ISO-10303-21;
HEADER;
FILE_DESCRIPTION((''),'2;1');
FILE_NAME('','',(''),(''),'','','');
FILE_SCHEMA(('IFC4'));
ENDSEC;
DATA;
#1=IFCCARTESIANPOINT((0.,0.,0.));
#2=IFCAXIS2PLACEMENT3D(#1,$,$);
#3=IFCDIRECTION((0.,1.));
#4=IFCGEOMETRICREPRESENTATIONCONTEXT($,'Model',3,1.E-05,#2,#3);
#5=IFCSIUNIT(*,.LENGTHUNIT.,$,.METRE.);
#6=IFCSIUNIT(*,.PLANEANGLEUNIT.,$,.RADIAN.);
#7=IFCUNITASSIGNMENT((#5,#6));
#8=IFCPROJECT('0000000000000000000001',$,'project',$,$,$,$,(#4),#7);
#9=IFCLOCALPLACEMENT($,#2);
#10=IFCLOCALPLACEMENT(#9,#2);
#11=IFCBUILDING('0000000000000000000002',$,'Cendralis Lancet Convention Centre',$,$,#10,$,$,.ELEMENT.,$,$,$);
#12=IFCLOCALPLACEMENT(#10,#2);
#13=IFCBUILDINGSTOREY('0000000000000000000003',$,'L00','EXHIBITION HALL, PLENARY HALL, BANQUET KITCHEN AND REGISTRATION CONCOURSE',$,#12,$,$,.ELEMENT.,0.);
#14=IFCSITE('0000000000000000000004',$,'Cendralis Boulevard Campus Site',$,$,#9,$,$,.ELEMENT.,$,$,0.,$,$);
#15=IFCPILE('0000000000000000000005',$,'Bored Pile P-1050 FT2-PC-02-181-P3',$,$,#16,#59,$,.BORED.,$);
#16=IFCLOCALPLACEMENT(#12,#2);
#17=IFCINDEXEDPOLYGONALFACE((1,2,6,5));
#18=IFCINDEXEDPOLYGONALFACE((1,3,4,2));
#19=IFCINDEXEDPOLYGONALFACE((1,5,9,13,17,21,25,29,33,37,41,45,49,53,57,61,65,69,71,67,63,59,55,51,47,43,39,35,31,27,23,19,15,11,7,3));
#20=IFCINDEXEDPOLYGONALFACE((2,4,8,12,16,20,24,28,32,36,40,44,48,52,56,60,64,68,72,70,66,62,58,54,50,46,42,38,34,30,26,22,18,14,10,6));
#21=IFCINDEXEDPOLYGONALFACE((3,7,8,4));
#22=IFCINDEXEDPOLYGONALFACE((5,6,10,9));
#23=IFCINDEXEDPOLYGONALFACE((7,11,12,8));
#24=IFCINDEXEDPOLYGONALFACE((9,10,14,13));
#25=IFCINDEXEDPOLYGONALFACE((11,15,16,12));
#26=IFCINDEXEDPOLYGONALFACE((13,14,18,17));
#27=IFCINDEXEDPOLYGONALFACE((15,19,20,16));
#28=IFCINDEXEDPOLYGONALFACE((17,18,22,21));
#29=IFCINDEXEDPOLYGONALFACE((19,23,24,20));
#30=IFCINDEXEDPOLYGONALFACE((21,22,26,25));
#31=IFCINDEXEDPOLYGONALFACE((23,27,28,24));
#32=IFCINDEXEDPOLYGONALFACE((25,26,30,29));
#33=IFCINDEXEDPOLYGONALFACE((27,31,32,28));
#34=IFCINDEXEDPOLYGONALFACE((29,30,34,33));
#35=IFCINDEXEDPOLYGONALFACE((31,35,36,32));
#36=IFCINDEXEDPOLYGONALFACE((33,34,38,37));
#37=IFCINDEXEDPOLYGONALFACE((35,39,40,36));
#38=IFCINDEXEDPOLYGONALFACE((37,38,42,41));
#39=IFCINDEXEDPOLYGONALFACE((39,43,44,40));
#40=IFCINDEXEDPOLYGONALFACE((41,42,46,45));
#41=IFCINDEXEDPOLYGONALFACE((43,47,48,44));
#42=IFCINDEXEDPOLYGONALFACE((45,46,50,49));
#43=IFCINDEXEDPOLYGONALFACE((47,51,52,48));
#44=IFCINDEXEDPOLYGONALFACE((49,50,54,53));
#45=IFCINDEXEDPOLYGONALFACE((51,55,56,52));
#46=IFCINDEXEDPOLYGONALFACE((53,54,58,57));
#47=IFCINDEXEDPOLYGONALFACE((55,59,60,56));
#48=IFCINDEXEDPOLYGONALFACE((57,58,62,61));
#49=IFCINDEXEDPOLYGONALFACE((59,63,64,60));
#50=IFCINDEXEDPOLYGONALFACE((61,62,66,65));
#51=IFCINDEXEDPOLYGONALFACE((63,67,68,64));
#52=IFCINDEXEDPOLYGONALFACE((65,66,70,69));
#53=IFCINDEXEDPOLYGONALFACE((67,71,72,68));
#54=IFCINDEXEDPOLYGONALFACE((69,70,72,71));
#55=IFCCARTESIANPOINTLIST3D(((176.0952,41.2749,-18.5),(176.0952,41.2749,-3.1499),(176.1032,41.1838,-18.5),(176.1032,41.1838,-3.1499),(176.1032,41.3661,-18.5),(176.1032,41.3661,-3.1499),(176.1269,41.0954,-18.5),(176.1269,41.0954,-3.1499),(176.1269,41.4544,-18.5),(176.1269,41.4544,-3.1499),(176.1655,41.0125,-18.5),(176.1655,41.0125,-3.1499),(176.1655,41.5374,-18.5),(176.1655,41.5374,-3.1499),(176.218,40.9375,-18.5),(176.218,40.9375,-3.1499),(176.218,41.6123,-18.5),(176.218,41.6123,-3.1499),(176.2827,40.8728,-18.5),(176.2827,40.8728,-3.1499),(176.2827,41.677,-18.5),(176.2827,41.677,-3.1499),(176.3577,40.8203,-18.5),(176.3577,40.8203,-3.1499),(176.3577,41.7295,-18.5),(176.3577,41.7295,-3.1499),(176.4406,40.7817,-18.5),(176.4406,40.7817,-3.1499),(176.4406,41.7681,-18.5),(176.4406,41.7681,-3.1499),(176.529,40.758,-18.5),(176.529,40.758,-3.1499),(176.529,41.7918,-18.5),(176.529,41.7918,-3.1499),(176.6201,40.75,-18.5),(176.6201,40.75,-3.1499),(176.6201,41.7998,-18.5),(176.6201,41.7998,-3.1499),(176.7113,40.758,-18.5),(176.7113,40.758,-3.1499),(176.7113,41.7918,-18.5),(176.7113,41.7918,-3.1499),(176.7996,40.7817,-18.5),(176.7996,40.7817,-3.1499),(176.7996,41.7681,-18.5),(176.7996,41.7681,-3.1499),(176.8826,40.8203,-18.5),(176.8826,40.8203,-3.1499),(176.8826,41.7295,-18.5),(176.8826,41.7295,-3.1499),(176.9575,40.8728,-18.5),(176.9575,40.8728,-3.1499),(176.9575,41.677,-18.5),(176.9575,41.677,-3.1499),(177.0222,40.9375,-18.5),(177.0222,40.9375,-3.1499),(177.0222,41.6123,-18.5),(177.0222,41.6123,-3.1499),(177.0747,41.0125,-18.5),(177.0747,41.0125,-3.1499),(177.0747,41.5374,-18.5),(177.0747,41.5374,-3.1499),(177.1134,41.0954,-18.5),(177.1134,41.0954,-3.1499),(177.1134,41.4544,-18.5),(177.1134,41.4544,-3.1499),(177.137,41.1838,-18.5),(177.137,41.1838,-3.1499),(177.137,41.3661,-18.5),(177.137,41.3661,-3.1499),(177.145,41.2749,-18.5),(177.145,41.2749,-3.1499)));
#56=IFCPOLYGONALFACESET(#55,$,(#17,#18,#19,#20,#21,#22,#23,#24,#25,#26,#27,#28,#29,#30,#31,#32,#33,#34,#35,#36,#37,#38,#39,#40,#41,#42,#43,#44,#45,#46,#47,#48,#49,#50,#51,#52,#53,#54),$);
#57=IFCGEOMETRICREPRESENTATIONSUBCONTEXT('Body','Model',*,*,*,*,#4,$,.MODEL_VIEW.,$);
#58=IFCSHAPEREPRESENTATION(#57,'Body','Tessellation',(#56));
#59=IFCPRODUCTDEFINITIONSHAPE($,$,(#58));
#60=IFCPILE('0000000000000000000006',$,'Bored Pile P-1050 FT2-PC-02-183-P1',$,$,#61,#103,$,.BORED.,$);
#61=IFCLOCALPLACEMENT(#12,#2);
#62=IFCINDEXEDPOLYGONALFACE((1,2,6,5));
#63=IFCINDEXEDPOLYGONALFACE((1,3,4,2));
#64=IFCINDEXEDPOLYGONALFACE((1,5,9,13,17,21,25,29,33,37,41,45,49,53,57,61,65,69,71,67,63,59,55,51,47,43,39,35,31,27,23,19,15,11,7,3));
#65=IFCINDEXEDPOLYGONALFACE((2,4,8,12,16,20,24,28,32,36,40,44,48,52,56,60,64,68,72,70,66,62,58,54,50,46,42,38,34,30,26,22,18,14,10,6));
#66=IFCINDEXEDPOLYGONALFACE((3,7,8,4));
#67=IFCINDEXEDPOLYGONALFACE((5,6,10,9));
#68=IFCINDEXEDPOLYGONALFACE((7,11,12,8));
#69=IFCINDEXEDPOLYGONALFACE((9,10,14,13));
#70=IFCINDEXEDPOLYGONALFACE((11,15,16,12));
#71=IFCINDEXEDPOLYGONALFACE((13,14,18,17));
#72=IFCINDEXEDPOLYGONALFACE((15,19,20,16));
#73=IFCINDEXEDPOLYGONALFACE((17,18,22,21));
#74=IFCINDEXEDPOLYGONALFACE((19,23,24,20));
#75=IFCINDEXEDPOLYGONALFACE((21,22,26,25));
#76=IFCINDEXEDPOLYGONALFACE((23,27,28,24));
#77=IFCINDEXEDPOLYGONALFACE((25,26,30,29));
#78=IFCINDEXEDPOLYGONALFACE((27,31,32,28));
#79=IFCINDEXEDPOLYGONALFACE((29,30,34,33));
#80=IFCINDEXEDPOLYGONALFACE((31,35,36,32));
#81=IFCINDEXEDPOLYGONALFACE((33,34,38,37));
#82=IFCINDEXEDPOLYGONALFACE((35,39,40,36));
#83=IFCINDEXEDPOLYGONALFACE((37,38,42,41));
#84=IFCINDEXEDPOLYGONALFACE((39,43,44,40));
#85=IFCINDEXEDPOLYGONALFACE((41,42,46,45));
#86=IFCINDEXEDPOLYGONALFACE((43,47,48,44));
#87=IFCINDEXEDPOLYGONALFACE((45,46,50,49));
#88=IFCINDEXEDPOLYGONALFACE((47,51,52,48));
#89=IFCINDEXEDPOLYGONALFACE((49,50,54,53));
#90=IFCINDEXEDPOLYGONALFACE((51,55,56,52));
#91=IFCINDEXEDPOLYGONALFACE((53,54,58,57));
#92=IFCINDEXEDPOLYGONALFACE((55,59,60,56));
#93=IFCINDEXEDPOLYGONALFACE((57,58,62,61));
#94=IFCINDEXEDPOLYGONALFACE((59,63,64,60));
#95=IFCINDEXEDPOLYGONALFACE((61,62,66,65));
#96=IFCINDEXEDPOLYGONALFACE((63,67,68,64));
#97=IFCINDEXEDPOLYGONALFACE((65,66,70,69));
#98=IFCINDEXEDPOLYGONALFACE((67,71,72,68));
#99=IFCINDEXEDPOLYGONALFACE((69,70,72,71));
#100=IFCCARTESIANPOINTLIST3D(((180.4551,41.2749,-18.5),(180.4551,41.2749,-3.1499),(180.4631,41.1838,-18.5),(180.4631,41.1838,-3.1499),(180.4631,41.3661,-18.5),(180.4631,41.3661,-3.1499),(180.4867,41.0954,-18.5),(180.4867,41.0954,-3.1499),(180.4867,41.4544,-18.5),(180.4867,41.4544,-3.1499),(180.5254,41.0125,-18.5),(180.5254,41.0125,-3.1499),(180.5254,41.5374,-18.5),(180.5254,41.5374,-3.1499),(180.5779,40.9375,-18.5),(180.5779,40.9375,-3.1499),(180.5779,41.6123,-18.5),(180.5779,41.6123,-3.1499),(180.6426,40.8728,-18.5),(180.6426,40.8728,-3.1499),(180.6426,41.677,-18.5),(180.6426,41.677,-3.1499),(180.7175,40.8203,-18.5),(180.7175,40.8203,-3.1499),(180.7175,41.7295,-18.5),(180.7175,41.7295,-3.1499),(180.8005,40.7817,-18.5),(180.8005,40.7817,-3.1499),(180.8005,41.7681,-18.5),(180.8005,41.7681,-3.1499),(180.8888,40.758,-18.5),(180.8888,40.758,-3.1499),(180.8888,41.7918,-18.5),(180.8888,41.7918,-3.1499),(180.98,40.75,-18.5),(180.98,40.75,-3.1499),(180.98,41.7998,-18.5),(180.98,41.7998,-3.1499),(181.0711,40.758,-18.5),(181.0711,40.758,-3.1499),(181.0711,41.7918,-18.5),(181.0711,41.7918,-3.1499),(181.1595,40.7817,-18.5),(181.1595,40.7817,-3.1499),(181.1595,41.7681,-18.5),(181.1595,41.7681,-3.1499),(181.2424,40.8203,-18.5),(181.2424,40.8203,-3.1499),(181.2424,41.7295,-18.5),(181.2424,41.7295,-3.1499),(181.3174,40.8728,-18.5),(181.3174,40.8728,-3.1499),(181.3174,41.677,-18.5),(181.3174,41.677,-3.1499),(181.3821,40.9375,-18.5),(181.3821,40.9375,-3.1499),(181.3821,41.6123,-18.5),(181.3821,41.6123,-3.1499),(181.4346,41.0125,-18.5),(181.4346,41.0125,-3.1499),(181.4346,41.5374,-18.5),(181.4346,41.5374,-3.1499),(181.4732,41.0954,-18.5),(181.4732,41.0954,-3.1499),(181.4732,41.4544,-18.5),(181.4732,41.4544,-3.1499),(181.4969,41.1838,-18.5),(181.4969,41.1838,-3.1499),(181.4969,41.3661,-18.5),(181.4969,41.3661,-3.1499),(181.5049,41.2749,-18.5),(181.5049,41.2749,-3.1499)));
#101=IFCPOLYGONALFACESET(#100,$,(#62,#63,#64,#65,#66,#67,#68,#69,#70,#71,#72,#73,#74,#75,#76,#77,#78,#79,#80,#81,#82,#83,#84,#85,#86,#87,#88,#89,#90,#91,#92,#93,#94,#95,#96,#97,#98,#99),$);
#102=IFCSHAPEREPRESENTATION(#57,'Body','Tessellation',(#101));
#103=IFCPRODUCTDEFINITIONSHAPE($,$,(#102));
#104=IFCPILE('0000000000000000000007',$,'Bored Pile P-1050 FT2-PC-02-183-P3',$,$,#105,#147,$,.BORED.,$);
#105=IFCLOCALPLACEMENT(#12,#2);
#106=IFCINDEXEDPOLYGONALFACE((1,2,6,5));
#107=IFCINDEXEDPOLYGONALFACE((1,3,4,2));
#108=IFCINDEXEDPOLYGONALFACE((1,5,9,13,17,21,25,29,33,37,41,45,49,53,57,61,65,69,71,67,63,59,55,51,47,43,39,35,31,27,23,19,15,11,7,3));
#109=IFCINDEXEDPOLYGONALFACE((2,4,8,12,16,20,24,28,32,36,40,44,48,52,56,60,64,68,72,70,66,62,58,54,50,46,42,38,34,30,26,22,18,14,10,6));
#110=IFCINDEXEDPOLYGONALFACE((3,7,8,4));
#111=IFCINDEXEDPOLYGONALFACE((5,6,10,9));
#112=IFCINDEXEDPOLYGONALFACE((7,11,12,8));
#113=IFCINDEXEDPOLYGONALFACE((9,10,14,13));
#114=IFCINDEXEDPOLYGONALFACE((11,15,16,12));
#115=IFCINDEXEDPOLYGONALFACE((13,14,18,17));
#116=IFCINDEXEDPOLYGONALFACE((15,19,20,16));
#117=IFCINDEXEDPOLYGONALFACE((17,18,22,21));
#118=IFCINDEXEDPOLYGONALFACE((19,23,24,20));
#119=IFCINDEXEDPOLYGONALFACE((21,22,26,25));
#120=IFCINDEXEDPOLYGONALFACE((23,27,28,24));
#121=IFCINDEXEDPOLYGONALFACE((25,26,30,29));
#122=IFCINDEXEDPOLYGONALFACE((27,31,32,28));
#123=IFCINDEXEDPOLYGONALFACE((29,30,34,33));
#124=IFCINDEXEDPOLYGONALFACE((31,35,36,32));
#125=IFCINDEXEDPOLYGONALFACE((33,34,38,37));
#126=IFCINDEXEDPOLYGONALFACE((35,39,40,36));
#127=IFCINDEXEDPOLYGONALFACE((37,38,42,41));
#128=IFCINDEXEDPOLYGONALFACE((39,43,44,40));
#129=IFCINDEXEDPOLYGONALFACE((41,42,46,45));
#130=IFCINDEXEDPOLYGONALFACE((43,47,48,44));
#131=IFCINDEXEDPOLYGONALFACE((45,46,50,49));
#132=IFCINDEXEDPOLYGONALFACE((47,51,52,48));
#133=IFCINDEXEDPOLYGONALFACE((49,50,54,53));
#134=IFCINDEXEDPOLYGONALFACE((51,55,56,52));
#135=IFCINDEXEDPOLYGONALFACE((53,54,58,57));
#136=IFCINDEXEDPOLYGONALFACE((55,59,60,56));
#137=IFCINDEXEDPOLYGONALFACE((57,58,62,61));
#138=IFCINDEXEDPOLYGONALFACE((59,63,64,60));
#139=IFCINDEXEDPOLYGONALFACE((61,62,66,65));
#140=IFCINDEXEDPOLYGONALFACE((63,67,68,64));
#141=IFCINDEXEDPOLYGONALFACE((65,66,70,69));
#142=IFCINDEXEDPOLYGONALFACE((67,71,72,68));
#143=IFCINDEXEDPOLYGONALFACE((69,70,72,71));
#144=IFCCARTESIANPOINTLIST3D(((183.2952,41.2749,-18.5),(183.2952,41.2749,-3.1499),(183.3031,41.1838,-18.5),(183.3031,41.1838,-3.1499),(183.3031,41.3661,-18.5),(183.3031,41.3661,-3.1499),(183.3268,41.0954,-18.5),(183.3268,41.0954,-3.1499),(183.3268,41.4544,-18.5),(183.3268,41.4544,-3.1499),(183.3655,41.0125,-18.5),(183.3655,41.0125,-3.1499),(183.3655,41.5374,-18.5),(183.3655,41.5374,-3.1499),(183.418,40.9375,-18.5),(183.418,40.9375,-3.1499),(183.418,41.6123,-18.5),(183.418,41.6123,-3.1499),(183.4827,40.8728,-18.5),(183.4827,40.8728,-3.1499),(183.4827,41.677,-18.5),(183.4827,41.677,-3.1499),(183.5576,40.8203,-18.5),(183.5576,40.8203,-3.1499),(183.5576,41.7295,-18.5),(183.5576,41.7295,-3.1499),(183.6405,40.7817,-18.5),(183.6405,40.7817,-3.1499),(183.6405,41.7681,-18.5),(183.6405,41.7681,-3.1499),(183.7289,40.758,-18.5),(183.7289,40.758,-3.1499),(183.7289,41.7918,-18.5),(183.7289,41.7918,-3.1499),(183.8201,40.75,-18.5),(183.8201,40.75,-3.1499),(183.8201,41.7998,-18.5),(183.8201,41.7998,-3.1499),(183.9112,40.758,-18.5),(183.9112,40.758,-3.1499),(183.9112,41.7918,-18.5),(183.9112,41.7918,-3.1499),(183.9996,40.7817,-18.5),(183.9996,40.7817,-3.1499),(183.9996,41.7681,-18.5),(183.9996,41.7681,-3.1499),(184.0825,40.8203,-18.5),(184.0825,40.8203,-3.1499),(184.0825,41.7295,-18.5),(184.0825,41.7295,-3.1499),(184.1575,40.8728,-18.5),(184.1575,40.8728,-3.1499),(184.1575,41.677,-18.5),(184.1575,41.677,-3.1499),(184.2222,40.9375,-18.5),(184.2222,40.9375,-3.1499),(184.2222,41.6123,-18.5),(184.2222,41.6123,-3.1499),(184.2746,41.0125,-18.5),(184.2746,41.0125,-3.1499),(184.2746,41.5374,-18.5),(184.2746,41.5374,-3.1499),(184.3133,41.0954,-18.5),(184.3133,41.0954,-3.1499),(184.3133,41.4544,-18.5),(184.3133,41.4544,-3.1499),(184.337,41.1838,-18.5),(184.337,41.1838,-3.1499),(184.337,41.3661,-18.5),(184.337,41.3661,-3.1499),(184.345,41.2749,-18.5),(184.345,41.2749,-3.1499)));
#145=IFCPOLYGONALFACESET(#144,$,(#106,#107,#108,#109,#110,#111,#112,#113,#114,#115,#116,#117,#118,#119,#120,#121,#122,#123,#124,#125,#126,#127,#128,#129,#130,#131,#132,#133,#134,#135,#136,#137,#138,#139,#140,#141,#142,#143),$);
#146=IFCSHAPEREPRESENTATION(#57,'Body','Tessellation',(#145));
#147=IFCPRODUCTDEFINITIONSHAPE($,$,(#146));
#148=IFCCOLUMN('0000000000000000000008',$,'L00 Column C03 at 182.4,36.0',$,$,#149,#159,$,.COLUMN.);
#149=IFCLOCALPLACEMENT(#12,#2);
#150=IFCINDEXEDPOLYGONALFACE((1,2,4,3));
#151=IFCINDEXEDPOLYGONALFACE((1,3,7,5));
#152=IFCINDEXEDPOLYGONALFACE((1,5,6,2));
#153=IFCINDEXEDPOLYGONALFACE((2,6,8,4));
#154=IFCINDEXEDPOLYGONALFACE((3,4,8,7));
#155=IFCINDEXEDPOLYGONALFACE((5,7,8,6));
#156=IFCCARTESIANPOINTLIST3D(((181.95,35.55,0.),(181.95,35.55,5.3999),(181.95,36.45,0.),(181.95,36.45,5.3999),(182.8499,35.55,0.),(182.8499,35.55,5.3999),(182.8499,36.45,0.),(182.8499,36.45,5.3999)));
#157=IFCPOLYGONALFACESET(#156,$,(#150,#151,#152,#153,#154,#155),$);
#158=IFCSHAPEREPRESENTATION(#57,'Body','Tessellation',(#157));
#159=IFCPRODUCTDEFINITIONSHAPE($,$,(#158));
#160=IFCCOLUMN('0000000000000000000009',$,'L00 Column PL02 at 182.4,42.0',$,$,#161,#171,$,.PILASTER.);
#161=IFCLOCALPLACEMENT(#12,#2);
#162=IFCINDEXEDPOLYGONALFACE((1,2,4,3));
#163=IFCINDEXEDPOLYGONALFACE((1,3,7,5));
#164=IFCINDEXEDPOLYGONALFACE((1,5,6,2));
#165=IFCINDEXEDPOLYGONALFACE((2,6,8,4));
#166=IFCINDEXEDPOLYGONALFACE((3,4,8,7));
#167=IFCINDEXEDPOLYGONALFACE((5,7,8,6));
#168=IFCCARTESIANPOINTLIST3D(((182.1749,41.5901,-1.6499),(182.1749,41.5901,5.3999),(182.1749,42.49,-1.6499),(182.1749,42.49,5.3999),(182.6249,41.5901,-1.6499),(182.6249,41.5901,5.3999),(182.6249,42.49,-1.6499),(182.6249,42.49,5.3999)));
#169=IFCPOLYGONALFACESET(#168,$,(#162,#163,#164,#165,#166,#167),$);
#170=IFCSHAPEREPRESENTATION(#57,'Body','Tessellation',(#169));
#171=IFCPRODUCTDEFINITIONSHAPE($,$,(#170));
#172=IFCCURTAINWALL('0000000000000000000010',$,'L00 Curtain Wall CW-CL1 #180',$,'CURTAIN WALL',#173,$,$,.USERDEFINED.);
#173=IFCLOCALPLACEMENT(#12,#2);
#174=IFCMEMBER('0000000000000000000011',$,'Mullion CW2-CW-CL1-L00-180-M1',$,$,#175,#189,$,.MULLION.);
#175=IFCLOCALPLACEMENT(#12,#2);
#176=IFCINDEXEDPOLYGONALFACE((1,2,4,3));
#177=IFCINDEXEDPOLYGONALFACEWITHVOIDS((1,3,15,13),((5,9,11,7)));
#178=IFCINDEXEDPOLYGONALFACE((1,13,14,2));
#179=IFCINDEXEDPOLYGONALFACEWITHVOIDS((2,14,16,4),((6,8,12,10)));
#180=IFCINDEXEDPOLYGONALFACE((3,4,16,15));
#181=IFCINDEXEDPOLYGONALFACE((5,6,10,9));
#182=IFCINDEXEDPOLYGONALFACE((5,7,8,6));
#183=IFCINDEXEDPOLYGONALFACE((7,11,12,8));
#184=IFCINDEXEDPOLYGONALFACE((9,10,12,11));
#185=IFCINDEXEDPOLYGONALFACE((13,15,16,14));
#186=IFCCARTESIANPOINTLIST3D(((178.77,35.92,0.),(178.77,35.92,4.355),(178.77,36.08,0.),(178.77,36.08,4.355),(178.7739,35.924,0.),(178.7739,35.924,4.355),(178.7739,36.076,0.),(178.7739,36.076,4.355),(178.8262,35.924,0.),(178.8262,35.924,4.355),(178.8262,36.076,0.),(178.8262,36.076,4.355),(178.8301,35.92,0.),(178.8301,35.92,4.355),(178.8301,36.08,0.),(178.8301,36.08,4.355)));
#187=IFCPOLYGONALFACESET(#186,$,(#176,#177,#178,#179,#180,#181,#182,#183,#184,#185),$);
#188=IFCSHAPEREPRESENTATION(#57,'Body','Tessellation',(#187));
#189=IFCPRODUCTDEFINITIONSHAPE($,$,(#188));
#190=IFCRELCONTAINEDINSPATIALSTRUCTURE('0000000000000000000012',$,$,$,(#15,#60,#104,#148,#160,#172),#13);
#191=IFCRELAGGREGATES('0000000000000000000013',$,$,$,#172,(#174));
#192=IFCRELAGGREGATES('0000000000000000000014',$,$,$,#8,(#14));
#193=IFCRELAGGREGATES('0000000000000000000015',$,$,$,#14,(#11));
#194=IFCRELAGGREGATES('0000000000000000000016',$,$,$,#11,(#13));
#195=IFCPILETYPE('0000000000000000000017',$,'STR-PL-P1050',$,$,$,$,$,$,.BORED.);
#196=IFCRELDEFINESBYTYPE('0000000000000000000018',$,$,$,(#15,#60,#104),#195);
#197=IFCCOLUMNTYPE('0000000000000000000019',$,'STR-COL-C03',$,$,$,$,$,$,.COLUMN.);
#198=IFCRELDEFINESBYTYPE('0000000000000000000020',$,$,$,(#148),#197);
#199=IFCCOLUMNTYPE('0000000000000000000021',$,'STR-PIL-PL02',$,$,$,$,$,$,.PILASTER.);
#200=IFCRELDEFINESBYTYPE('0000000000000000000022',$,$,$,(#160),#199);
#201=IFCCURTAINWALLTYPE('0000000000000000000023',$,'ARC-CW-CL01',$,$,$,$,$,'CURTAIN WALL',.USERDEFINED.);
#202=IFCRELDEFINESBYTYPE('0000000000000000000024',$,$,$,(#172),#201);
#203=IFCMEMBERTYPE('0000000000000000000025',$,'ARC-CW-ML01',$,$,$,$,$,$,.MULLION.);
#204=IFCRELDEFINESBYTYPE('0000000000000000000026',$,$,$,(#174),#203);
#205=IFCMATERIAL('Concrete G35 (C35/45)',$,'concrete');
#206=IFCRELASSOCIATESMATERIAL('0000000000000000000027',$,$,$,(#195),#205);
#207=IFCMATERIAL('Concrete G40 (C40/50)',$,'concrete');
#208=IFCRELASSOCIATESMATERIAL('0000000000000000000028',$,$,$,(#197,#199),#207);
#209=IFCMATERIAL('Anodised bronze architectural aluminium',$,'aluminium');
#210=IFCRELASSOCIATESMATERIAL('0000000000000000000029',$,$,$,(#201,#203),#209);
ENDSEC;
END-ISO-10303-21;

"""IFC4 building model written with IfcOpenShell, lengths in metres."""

from ifc_helpers import new_model, si_unit, direction, frame, origin, origin_2d, place, context, subcontext, project, spatial, rectangle, hollow_rectangle, circle, extrude, material, material_profile, profile_set, type_object, element, aggregate, save


model = new_model("IFC4")

# Units and contexts
model_context = context("Model", 3, precision=1e-05, world=origin(), true_north=direction((0.0, 1.0)))
body_context = subcontext(model_context, "Body", "Model", "MODEL_VIEW")
ifc_project = project(units=[si_unit("LENGTHUNIT", "METRE"), si_unit("PLANEANGLEUNIT", "RADIAN")], contexts=[model_context])

# Site, building, storey
site_placement = place(None, origin())
site = spatial("IfcSite", under=ifc_project, at=site_placement, Name="Cendralis Boulevard Campus Site", CompositionType="ELEMENT", RefElevation=0.0)
building_placement = place(site_placement, origin())
building = spatial("IfcBuilding", under=site, at=building_placement, Name="Cendralis Lancet Convention Centre", CompositionType="ELEMENT")
storey_placement = place(building_placement, origin())
storey = spatial("IfcBuildingStorey", under=building, at=storey_placement, Name="L00", Description="EXHIBITION HALL, PLENARY HALL, BANQUET KITCHEN AND REGISTRATION CONCOURSE", CompositionType="ELEMENT", Elevation=0.0)

# Piles
ifc_material_1 = material(Name="Concrete G35 (C35/45)", Category="concrete")
ifc_material_profile_1 = material_profile(ifc_material_1, circle(Radius=0.5249, at=origin_2d()), Name="BORED PILE D1050")
ifc_profile_set_1 = profile_set([ifc_material_profile_1], Name="Concrete G35 (C35/45)")
pile_type = type_object("IfcPileType", Name="STR-PL-P1050", PredefinedType="BORED", material=ifc_profile_set_1)
for number, where, z_axis, x_axis, name in (
    (1, (176.6201, 41.2749, -3.1499), (0.0, 0.0, -1.0), (1.0, 0.0, 0.0), "Bored Pile P-1050 FT2-PC-02-181-P3"),
    (2, (180.98, 41.2749, -3.1499), (0.0, 0.0, -1.0), (1.0, 0.0, 0.0), "Bored Pile P-1050 FT2-PC-02-183-P1"),
    (3, (183.8201, 41.2749, -3.1499), (0.0, 0.0, -1.0), (1.0, 0.0, 0.0), "Bored Pile P-1050 FT2-PC-02-183-P3"),
):
    element("IfcPile", number, at=place(storey_placement, frame(where, z_axis=z_axis, x_axis=x_axis)), inside=storey, type_object=pile_type, Name=name, PredefinedType="BORED", context=body_context, shape_type="SweptSolid", body=[
        extrude(circle(Radius=0.5249, at=origin_2d()), origin(), (0.0, 0.0, 1.0), 15.3501),
    ])

# Columns
ifc_material_2 = material(Name="Concrete G40 (C40/50)", Category="concrete")
ifc_material_profile_2 = material_profile(ifc_material_2, rectangle(XDim=0.8999, YDim=0.8999, at=origin_2d()), Name="RC 900x900")
ifc_profile_set_2 = profile_set([ifc_material_profile_2], Name="Concrete G40 (C40/50)")
column_type_1 = type_object("IfcColumnType", Name="STR-COL-C03", PredefinedType="COLUMN", material=ifc_profile_set_2)
column_1_placement = place(storey_placement, frame((182.3999, 36.0, 0.0), z_axis=(0.0, 0.0, 1.0), x_axis=(1.0, 0.0, 0.0)))
element("IfcColumn", 4, at=column_1_placement, inside=storey, type_object=column_type_1, Name="L00 Column C03 at 182.4,36.0", PredefinedType="COLUMN", context=body_context, shape_type="SweptSolid", body=[
    extrude(rectangle(XDim=0.8999, YDim=0.8999, at=origin_2d()), origin(), (0.0, 0.0, 1.0), 5.3999),
])
ifc_material_profile_3 = material_profile(ifc_material_2, rectangle(XDim=0.45, YDim=0.8999, at=origin_2d()), Name="RC 450x900")
ifc_profile_set_3 = profile_set([ifc_material_profile_3], Name="Concrete G40 (C40/50)")
column_type_2 = type_object("IfcColumnType", Name="STR-PIL-PL02", PredefinedType="PILASTER", material=ifc_profile_set_3)
column_2_placement = place(storey_placement, frame((182.3999, 42.04, -1.6499), z_axis=(0.0, 0.0, 1.0), x_axis=(1.0, 0.0, 0.0)))
element("IfcColumn", 5, at=column_2_placement, inside=storey, type_object=column_type_2, Name="L00 Column PL02 at 182.4,42.0", PredefinedType="PILASTER", context=body_context, shape_type="SweptSolid", body=[
    extrude(rectangle(XDim=0.45, YDim=0.8999, at=origin_2d()), origin(), (0.0, 0.0, 1.0), 7.0498),
])

# Curtain wall, member
ifc_material_3 = material(Name="Anodised bronze architectural aluminium", Category="aluminium")
curtain_wall_type = type_object("IfcCurtainWallType", Name="ARC-CW-CL01", ElementType="CURTAIN WALL", PredefinedType="USERDEFINED", material=ifc_material_3)
curtain_wall_placement = place(storey_placement, origin())
curtain_wall = element("IfcCurtainWall", 6, at=curtain_wall_placement, inside=storey, type_object=curtain_wall_type, Name="L00 Curtain Wall CW-CL1 #180", ObjectType="CURTAIN WALL", PredefinedType="USERDEFINED")
ifc_material_profile_4 = material_profile(ifc_material_3, hollow_rectangle(XDim=0.0601, YDim=0.1599, WallThickness=0.0039, at=origin_2d()), Name="AL-MULL 60x160x4.0")
ifc_profile_set_4 = profile_set([ifc_material_profile_4], Name="Anodised bronze architectural aluminium")
member_type_1 = type_object("IfcMemberType", Name="ARC-CW-ML01", PredefinedType="MULLION", material=ifc_profile_set_4)
member_1_placement = place(storey_placement, frame((178.8, 36.0, 0.0), z_axis=(0.0, 0.0, 1.0), x_axis=(1.0, 0.0, 0.0)))
member_1 = element("IfcMember", 7, at=member_1_placement, type_object=member_type_1, Name="Mullion CW2-CW-CL1-L00-180-M1", PredefinedType="MULLION", context=body_context, shape_type="SweptSolid", body=[
    extrude(hollow_rectangle(XDim=0.0601, YDim=0.1599, WallThickness=0.0039, at=origin_2d()), origin(), (0.0, 0.0, 1.0), 4.355),
])

aggregate(curtain_wall, [member_1])

save(model, "model.ifc")
